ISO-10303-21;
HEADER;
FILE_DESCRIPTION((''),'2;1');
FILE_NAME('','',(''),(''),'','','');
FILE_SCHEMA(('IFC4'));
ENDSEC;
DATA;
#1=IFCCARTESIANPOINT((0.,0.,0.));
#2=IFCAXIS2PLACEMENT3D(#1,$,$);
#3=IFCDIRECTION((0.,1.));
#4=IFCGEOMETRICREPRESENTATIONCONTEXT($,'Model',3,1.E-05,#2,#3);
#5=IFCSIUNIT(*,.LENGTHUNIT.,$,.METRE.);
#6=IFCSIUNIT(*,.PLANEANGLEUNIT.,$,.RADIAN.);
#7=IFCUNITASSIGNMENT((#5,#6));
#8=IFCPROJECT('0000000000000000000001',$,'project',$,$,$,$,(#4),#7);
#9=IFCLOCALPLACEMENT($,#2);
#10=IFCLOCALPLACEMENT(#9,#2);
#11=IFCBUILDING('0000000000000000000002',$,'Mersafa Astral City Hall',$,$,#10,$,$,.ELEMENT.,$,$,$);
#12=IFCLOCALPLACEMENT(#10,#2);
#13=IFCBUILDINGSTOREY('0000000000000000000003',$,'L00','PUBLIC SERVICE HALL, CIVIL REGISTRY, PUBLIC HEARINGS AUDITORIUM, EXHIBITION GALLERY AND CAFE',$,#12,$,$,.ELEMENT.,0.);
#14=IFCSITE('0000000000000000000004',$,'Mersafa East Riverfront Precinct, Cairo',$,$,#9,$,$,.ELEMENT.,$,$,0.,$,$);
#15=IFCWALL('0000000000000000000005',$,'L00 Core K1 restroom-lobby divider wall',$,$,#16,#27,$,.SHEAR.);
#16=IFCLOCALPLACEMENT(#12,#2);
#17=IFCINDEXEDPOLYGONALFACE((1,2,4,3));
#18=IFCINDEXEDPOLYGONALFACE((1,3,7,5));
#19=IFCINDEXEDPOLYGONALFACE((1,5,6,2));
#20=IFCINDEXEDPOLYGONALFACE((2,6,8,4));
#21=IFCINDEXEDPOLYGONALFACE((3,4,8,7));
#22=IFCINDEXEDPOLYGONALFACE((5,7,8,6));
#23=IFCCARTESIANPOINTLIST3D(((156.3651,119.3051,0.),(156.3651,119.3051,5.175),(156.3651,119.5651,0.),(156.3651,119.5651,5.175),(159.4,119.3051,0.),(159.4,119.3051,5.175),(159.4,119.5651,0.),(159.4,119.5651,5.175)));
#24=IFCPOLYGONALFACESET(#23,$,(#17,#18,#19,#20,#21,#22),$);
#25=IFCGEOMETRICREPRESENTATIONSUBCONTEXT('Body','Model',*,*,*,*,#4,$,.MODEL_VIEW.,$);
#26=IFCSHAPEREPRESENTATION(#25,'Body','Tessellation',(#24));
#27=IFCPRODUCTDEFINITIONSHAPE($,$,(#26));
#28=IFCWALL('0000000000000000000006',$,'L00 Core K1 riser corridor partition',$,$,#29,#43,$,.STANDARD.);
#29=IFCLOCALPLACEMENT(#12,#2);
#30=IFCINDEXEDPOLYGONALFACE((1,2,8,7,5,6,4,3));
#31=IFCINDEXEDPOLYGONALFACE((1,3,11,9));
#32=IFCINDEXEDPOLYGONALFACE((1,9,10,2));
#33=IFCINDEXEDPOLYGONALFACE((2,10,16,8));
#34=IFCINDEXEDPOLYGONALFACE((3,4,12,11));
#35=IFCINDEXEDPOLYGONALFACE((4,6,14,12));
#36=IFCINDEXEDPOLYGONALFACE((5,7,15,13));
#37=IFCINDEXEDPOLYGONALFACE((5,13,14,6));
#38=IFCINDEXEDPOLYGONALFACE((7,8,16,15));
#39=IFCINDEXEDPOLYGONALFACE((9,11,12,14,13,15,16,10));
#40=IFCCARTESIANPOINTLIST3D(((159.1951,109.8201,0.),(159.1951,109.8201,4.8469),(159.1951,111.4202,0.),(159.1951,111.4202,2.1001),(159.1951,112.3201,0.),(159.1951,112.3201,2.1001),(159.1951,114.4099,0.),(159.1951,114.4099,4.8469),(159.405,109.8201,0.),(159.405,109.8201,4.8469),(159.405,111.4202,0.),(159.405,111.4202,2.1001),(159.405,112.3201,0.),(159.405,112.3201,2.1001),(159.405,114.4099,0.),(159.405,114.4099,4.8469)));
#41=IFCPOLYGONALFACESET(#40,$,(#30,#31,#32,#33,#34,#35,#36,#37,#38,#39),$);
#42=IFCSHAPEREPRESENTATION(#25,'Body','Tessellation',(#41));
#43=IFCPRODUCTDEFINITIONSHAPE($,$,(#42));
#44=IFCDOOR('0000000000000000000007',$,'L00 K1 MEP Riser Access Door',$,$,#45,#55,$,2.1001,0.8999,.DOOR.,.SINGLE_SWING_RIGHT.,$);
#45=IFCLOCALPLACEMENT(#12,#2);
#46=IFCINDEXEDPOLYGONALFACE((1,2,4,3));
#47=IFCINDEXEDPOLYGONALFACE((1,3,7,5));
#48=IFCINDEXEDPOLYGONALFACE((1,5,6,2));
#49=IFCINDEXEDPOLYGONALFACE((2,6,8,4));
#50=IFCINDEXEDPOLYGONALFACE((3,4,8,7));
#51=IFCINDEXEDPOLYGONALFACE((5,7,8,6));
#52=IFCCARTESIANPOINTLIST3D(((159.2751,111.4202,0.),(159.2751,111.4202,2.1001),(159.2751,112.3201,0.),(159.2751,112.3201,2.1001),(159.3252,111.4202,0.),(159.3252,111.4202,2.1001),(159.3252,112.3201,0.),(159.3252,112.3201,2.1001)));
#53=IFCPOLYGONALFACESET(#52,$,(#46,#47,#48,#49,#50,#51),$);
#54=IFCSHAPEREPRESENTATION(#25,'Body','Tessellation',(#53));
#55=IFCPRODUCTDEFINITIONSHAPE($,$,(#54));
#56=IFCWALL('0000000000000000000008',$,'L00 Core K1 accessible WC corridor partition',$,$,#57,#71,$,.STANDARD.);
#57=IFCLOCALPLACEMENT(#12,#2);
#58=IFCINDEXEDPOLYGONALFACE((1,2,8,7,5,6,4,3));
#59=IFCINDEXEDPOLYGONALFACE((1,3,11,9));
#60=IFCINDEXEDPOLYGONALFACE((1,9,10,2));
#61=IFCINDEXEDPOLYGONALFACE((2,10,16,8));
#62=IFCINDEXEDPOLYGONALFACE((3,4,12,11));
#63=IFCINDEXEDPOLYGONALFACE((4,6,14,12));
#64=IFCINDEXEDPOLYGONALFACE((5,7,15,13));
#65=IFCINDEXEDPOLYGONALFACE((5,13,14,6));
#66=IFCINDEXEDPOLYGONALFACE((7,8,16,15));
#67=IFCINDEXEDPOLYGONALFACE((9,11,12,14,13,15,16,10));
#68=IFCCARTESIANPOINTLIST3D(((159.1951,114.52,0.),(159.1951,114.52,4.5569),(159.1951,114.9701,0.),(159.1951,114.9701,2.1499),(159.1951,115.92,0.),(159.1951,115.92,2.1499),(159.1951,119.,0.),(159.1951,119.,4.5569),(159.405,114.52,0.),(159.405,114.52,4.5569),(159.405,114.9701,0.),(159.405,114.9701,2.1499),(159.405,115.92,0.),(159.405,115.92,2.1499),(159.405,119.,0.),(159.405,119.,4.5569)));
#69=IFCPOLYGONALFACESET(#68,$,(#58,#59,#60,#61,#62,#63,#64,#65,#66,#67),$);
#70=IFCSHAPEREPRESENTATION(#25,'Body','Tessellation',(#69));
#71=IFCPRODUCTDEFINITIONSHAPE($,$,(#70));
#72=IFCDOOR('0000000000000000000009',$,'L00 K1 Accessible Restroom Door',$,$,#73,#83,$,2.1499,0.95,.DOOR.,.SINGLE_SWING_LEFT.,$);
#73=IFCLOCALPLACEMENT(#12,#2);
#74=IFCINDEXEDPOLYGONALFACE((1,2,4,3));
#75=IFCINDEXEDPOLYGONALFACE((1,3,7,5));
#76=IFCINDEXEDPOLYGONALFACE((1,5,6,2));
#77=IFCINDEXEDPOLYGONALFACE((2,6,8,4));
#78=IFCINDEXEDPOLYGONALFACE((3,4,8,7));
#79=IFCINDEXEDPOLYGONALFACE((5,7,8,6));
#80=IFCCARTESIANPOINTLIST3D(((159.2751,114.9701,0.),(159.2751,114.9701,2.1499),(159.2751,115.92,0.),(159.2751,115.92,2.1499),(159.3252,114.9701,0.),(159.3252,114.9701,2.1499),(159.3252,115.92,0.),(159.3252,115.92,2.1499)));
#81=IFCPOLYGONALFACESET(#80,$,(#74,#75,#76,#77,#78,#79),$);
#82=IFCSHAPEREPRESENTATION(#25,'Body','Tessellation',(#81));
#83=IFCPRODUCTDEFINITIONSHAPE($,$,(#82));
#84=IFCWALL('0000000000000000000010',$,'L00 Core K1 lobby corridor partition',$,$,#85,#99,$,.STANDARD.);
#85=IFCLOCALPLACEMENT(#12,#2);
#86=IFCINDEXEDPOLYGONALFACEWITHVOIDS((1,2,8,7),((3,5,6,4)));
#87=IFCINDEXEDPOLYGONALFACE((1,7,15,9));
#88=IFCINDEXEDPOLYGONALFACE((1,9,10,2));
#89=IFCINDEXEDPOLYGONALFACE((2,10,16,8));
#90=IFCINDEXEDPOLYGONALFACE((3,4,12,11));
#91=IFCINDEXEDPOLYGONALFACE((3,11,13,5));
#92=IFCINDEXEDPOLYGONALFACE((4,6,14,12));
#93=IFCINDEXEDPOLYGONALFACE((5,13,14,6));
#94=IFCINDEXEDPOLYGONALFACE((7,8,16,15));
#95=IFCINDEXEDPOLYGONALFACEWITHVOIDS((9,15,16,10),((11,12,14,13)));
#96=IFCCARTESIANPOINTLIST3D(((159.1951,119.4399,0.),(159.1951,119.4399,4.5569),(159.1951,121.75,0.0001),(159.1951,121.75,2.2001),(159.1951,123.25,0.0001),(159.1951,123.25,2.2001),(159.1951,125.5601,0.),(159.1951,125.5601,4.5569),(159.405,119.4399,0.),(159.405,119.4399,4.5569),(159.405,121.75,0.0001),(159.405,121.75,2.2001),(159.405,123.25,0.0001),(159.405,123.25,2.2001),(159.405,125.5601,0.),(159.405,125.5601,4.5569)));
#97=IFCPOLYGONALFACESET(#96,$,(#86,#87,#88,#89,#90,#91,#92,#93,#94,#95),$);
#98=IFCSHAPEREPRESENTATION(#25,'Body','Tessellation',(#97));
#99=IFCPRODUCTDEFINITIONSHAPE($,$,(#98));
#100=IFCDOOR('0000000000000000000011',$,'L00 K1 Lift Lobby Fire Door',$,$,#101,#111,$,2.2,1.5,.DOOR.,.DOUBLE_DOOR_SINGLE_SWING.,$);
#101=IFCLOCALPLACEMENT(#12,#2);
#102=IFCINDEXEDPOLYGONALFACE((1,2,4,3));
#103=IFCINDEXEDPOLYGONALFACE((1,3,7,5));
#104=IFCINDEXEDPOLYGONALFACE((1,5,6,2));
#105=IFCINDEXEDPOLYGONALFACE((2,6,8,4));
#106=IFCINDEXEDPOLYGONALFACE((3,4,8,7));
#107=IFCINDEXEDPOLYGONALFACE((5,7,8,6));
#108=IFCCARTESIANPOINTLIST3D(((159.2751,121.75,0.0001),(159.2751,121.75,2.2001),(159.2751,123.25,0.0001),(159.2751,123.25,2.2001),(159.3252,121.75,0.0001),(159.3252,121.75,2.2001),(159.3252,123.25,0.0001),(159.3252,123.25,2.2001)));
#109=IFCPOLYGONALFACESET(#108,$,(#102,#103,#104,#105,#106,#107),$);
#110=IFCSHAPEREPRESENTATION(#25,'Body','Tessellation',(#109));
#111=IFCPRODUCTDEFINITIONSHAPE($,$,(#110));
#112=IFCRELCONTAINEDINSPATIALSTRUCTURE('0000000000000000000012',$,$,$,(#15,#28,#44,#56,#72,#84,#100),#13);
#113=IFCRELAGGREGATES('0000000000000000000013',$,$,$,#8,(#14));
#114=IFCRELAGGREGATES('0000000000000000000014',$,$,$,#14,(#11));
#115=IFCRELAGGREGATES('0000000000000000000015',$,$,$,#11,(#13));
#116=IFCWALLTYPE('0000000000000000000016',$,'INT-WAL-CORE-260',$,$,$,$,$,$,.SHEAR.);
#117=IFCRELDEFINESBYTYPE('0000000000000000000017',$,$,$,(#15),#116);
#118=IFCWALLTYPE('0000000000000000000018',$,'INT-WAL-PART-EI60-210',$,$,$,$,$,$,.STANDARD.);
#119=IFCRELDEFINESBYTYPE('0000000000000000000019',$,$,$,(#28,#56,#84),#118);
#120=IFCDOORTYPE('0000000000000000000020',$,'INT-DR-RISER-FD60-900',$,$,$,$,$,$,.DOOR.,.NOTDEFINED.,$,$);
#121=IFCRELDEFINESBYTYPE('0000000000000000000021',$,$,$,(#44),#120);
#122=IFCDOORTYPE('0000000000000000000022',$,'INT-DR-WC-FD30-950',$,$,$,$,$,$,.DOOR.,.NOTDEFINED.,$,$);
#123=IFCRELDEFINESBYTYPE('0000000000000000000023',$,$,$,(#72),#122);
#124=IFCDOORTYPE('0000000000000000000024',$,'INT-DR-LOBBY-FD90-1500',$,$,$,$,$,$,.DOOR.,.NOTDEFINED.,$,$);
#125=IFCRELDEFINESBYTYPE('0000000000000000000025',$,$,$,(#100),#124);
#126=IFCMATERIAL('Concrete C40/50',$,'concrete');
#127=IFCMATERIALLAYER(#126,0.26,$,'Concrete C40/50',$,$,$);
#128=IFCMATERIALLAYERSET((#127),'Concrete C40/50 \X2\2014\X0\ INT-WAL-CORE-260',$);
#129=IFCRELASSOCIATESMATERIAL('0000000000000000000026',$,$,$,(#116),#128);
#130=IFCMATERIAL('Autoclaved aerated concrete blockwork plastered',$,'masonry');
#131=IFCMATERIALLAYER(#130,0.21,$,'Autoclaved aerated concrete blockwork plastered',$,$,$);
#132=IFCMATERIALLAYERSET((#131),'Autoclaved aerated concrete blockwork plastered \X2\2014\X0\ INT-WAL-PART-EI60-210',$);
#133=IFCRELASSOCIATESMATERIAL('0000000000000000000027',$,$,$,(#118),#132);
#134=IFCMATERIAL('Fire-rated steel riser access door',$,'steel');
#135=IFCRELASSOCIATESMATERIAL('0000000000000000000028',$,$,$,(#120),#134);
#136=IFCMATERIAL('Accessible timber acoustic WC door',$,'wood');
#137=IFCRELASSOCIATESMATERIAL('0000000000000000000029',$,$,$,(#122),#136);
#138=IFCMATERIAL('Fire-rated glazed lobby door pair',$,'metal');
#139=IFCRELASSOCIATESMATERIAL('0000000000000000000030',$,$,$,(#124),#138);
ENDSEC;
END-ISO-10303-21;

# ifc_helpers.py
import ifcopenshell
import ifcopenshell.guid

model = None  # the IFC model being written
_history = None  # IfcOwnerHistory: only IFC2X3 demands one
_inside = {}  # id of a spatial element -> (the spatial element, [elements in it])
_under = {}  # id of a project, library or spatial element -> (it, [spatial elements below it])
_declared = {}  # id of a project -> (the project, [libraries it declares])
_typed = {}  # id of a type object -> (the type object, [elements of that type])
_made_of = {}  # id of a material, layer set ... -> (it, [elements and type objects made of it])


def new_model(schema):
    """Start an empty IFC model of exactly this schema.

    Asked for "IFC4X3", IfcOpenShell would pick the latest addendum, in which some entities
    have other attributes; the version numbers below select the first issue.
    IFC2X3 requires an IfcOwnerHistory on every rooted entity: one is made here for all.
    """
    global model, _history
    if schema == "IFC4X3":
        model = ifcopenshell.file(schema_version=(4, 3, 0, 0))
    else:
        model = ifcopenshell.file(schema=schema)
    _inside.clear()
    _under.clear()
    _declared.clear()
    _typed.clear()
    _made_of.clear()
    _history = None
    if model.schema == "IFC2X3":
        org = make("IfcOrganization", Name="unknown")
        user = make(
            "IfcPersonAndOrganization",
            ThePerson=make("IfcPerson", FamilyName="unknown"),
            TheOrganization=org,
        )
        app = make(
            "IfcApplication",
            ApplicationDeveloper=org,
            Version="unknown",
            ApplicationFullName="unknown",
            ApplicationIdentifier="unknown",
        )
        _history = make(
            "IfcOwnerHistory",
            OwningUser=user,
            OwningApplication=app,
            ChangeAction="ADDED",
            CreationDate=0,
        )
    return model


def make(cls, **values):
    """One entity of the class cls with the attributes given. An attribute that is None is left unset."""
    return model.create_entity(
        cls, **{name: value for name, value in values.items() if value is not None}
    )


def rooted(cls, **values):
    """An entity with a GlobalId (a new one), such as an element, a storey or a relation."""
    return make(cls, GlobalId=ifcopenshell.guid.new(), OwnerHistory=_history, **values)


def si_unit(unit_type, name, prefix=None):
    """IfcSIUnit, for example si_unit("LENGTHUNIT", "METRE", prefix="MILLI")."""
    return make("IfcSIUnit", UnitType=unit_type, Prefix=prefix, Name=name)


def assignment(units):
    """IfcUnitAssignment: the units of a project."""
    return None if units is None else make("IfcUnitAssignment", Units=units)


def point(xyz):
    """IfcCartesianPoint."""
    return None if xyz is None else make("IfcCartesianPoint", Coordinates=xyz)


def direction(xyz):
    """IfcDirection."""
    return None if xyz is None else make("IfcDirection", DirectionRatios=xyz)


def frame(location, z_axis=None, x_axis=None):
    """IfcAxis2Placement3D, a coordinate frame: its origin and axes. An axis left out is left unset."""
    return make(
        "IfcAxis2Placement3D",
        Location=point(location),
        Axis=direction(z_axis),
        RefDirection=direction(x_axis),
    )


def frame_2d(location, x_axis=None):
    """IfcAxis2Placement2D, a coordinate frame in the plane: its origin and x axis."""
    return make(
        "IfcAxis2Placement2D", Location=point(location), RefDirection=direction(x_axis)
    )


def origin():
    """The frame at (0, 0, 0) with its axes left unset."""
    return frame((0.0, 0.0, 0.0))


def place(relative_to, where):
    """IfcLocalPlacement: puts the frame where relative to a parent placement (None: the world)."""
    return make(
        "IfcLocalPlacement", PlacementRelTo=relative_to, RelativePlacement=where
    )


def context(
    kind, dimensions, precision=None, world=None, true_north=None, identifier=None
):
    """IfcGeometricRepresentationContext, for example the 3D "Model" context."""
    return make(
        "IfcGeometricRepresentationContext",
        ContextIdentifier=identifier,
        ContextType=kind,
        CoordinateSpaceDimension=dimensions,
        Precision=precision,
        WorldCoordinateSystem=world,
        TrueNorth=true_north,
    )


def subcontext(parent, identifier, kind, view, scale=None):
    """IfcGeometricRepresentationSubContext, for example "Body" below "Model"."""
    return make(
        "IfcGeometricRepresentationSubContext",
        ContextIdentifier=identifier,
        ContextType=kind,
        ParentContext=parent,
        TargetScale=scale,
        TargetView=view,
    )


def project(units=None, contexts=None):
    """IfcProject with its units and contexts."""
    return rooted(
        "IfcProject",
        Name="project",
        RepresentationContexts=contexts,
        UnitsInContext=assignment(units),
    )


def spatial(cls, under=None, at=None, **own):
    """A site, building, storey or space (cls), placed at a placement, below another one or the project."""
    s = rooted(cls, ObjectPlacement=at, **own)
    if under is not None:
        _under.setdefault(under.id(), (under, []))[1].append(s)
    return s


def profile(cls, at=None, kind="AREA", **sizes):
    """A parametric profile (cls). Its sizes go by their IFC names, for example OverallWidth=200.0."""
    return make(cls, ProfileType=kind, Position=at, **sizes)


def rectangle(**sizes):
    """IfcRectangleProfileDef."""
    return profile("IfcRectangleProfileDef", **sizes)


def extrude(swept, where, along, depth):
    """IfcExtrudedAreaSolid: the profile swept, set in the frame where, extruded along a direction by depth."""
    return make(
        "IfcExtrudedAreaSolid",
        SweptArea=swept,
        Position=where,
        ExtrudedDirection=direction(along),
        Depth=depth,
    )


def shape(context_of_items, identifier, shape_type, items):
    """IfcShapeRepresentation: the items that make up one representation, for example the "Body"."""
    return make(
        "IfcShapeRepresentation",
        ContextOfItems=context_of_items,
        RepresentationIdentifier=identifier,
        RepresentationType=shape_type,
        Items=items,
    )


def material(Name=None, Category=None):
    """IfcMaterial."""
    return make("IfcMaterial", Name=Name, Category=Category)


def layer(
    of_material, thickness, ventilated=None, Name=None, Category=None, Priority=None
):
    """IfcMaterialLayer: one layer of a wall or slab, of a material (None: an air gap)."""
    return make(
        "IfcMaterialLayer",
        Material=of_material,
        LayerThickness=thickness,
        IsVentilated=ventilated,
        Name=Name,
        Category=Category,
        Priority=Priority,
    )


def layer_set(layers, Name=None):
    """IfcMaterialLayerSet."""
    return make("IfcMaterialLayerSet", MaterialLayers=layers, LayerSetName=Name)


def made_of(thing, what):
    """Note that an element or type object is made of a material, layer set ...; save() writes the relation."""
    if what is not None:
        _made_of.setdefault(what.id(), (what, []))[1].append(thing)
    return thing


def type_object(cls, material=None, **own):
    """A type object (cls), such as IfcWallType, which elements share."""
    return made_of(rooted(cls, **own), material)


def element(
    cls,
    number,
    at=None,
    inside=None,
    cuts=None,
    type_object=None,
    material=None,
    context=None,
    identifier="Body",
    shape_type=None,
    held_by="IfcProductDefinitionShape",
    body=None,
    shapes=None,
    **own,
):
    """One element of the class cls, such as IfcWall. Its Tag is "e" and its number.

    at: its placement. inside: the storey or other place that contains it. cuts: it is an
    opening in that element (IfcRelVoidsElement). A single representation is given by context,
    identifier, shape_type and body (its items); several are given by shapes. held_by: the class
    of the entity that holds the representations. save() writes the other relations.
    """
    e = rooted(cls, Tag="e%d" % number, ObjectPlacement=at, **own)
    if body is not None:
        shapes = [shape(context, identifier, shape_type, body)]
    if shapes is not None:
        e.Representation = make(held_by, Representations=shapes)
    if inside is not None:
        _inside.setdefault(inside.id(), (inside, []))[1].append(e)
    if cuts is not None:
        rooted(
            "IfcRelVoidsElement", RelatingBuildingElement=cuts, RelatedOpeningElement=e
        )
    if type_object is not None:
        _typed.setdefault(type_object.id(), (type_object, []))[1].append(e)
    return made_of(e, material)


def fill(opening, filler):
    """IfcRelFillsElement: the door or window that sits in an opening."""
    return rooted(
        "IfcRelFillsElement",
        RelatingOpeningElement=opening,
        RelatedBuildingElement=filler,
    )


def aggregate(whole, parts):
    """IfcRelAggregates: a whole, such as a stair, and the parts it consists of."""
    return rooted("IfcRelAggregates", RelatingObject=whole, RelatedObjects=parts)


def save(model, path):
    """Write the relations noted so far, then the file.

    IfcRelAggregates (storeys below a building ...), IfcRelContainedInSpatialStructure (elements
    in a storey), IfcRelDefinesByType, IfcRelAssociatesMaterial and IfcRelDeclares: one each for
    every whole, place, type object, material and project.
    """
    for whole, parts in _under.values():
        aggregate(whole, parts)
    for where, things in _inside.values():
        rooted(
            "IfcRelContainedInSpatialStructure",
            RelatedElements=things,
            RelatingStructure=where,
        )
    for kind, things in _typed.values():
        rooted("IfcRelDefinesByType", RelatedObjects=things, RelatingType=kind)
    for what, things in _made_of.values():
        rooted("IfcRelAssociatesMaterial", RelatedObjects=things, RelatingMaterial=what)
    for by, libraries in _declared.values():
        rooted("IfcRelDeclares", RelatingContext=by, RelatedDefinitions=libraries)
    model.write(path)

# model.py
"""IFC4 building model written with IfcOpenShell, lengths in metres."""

from ifc_helpers import new_model, si_unit, direction, frame, frame_2d, origin, place, context, subcontext, project, spatial, rectangle, extrude, material, layer, layer_set, type_object, element, fill, save


model = new_model("IFC4")

# Units and contexts
model_context = context("Model", 3, precision=1e-05, world=origin(), true_north=direction((0.0, 1.0)))
body_context = subcontext(model_context, "Body", "Model", "MODEL_VIEW")
ifc_project = project(units=[si_unit("LENGTHUNIT", "METRE"), si_unit("PLANEANGLEUNIT", "RADIAN")], contexts=[model_context])

# Site, building, storey
site_placement = place(None, origin())
site = spatial("IfcSite", under=ifc_project, at=site_placement, Name="Mersafa East Riverfront Precinct, Cairo", CompositionType="ELEMENT", RefElevation=0.0)
building_placement = place(site_placement, origin())
building = spatial("IfcBuilding", under=site, at=building_placement, Name="Mersafa Astral City Hall", CompositionType="ELEMENT")
storey_placement = place(building_placement, origin())
storey = spatial("IfcBuildingStorey", under=building, at=storey_placement, Name="L00", Description="PUBLIC SERVICE HALL, CIVIL REGISTRY, PUBLIC HEARINGS AUDITORIUM, EXHIBITION GALLERY AND CAFE", CompositionType="ELEMENT", Elevation=0.0)

# Shared definitions
ifc_material_1 = material(Name="Concrete C40/50", Category="concrete")
ifc_layer_1 = layer(ifc_material_1, 0.26, Name="Concrete C40/50")
ifc_layer_set_1 = layer_set([ifc_layer_1], Name="Concrete C40/50 — INT-WAL-CORE-260")
wall_type_1 = type_object("IfcWallType", Name="INT-WAL-CORE-260", PredefinedType="SHEAR", material=ifc_layer_set_1)

# Wall
for number, where, z_axis, x_axis, name in (
    (1, (156.365, 119.4351, 0.0), (0.0, 0.0, 1.0), (1.0, 0.0, 0.0), "L00 Core K1 restroom-lobby divider wall"),
):
    element("IfcWall", number, at=place(storey_placement, frame(where, z_axis=z_axis, x_axis=x_axis)), inside=storey, type_object=wall_type_1, Name=name, PredefinedType="SHEAR", context=body_context, shape_type="SweptSolid", body=[
        extrude(rectangle(XDim=3.0349, YDim=0.26, at=frame_2d((1.5176, 0.0))), origin(), (0.0, 0.0, 1.0), 5.175),
    ])

# Walls, openings, doors
ifc_material_2 = material(Name="Autoclaved aerated concrete blockwork plastered", Category="masonry")
ifc_layer_2 = layer(ifc_material_2, 0.21, Name="Autoclaved aerated concrete blockwork plastered")
ifc_layer_set_2 = layer_set([ifc_layer_2], Name="Autoclaved aerated concrete blockwork plastered — INT-WAL-PART-EI60-210")
wall_type_2 = type_object("IfcWallType", Name="INT-WAL-PART-EI60-210", PredefinedType="STANDARD", material=ifc_layer_set_2)
wall_1_placement = place(storey_placement, frame((159.3, 109.8201, 0.0), z_axis=(0.0, 0.0, 1.0), x_axis=(0.0, 1.0, 0.0)))
wall_1 = element("IfcWall", 2, at=wall_1_placement, inside=storey, type_object=wall_type_2, Name="L00 Core K1 riser corridor partition", PredefinedType="STANDARD", context=body_context, shape_type="SweptSolid", body=[
    extrude(rectangle(XDim=4.5898, YDim=0.21, at=frame_2d((2.2949, 0.0))), origin(), (0.0, 0.0, 1.0), 4.8469),
])
opening_1_placement = place(wall_1_placement, frame((1.6001, 0.0, 0.0)))
opening_1 = element("IfcOpeningElement", 3, at=opening_1_placement, cuts=wall_1, PredefinedType="OPENING", context=body_context, shape_type="SweptSolid", body=[
    extrude(rectangle(XDim=0.8999, YDim=2.1001, at=frame_2d((0.45, 1.05))), frame((0.0, 0.115, 0.0), z_axis=(0.0, -1.0, 0.0), x_axis=(1.0, 0.0, 0.0)), (0.0, 0.0, 1.0), 0.23),
])
ifc_material_3 = material(Name="Fire-rated steel riser access door", Category="steel")
door_type_1 = type_object("IfcDoorType", Name="INT-DR-RISER-FD60-900", OperationType="NOTDEFINED", PredefinedType="DOOR", material=ifc_material_3)
door_1_placement = place(opening_1_placement, origin())
door_1 = element("IfcDoor", 4, at=door_1_placement, inside=storey, type_object=door_type_1, Name="L00 K1 MEP Riser Access Door", OperationType="SINGLE_SWING_RIGHT", OverallHeight=2.1001, OverallWidth=0.8999, PredefinedType="DOOR", context=body_context, shape_type="SweptSolid", body=[
    extrude(rectangle(XDim=0.8999, YDim=2.1001, at=frame_2d((0.45, 1.05))), frame((0.0, 0.0249, 0.0), z_axis=(0.0, -1.0, 0.0), x_axis=(1.0, 0.0, 0.0)), (0.0, 0.0, 1.0), 0.05),
])
fill(opening_1, door_1)
wall_2_placement = place(storey_placement, frame((159.3, 114.52, 0.0), z_axis=(0.0, 0.0, 1.0), x_axis=(0.0, 1.0, 0.0)))
wall_2 = element("IfcWall", 5, at=wall_2_placement, inside=storey, type_object=wall_type_2, Name="L00 Core K1 accessible WC corridor partition", PredefinedType="STANDARD", context=body_context, shape_type="SweptSolid", body=[
    extrude(rectangle(XDim=4.48, YDim=0.21, at=frame_2d((2.24, 0.0))), origin(), (0.0, 0.0, 1.0), 4.5569),
])
opening_2_placement = place(wall_2_placement, frame((0.45, 0.0, 0.0)))
opening_2 = element("IfcOpeningElement", 6, at=opening_2_placement, cuts=wall_2, PredefinedType="OPENING", context=body_context, shape_type="SweptSolid", body=[
    extrude(rectangle(XDim=0.95, YDim=2.1499, at=frame_2d((0.4751, 1.075))), frame((0.0, 0.115, 0.0), z_axis=(0.0, -1.0, 0.0), x_axis=(1.0, 0.0, 0.0)), (0.0, 0.0, 1.0), 0.23),
])
ifc_material_4 = material(Name="Accessible timber acoustic WC door", Category="wood")
door_type_2 = type_object("IfcDoorType", Name="INT-DR-WC-FD30-950", OperationType="NOTDEFINED", PredefinedType="DOOR", material=ifc_material_4)
door_2_placement = place(opening_2_placement, origin())
door_2 = element("IfcDoor", 7, at=door_2_placement, inside=storey, type_object=door_type_2, Name="L00 K1 Accessible Restroom Door", OperationType="SINGLE_SWING_LEFT", OverallHeight=2.1499, OverallWidth=0.95, PredefinedType="DOOR", context=body_context, shape_type="SweptSolid", body=[
    extrude(rectangle(XDim=0.95, YDim=2.1499, at=frame_2d((0.4751, 1.075))), frame((0.0, 0.0249, 0.0), z_axis=(0.0, -1.0, 0.0), x_axis=(1.0, 0.0, 0.0)), (0.0, 0.0, 1.0), 0.05),
])
fill(opening_2, door_2)
wall_3_placement = place(storey_placement, frame((159.3, 119.4399, 0.0), z_axis=(0.0, 0.0, 1.0), x_axis=(0.0, 1.0, 0.0)))
wall_3 = element("IfcWall", 8, at=wall_3_placement, inside=storey, type_object=wall_type_2, Name="L00 Core K1 lobby corridor partition", PredefinedType="STANDARD", context=body_context, shape_type="SweptSolid", body=[
    extrude(rectangle(XDim=6.1201, YDim=0.21, at=frame_2d((3.0601, 0.0))), origin(), (0.0, 0.0, 1.0), 4.5569),
])
opening_3_placement = place(wall_3_placement, frame((2.3101, 0.0, 0.0)))
opening_3 = element("IfcOpeningElement", 9, at=opening_3_placement, cuts=wall_3, PredefinedType="OPENING", context=body_context, shape_type="SweptSolid", body=[
    extrude(rectangle(XDim=1.5, YDim=2.2, at=frame_2d((0.75, 1.1001))), frame((0.0, 0.115, 0.0), z_axis=(0.0, -1.0, 0.0), x_axis=(1.0, 0.0, 0.0)), (0.0, 0.0, 1.0), 0.23),
])
ifc_material_5 = material(Name="Fire-rated glazed lobby door pair", Category="metal")
door_type_3 = type_object("IfcDoorType", Name="INT-DR-LOBBY-FD90-1500", OperationType="NOTDEFINED", PredefinedType="DOOR", material=ifc_material_5)
door_3_placement = place(opening_3_placement, origin())
door_3 = element("IfcDoor", 10, at=door_3_placement, inside=storey, type_object=door_type_3, Name="L00 K1 Lift Lobby Fire Door", OperationType="DOUBLE_DOOR_SINGLE_SWING", OverallHeight=2.2, OverallWidth=1.5, PredefinedType="DOOR", context=body_context, shape_type="SweptSolid", body=[
    extrude(rectangle(XDim=1.5, YDim=2.2, at=frame_2d((0.75, 1.1001))), frame((0.0, 0.0249, 0.0), z_axis=(0.0, -1.0, 0.0), x_axis=(1.0, 0.0, 0.0)), (0.0, 0.0, 1.0), 0.05),
])
fill(opening_3, door_3)

save(model, "model.ifc")
